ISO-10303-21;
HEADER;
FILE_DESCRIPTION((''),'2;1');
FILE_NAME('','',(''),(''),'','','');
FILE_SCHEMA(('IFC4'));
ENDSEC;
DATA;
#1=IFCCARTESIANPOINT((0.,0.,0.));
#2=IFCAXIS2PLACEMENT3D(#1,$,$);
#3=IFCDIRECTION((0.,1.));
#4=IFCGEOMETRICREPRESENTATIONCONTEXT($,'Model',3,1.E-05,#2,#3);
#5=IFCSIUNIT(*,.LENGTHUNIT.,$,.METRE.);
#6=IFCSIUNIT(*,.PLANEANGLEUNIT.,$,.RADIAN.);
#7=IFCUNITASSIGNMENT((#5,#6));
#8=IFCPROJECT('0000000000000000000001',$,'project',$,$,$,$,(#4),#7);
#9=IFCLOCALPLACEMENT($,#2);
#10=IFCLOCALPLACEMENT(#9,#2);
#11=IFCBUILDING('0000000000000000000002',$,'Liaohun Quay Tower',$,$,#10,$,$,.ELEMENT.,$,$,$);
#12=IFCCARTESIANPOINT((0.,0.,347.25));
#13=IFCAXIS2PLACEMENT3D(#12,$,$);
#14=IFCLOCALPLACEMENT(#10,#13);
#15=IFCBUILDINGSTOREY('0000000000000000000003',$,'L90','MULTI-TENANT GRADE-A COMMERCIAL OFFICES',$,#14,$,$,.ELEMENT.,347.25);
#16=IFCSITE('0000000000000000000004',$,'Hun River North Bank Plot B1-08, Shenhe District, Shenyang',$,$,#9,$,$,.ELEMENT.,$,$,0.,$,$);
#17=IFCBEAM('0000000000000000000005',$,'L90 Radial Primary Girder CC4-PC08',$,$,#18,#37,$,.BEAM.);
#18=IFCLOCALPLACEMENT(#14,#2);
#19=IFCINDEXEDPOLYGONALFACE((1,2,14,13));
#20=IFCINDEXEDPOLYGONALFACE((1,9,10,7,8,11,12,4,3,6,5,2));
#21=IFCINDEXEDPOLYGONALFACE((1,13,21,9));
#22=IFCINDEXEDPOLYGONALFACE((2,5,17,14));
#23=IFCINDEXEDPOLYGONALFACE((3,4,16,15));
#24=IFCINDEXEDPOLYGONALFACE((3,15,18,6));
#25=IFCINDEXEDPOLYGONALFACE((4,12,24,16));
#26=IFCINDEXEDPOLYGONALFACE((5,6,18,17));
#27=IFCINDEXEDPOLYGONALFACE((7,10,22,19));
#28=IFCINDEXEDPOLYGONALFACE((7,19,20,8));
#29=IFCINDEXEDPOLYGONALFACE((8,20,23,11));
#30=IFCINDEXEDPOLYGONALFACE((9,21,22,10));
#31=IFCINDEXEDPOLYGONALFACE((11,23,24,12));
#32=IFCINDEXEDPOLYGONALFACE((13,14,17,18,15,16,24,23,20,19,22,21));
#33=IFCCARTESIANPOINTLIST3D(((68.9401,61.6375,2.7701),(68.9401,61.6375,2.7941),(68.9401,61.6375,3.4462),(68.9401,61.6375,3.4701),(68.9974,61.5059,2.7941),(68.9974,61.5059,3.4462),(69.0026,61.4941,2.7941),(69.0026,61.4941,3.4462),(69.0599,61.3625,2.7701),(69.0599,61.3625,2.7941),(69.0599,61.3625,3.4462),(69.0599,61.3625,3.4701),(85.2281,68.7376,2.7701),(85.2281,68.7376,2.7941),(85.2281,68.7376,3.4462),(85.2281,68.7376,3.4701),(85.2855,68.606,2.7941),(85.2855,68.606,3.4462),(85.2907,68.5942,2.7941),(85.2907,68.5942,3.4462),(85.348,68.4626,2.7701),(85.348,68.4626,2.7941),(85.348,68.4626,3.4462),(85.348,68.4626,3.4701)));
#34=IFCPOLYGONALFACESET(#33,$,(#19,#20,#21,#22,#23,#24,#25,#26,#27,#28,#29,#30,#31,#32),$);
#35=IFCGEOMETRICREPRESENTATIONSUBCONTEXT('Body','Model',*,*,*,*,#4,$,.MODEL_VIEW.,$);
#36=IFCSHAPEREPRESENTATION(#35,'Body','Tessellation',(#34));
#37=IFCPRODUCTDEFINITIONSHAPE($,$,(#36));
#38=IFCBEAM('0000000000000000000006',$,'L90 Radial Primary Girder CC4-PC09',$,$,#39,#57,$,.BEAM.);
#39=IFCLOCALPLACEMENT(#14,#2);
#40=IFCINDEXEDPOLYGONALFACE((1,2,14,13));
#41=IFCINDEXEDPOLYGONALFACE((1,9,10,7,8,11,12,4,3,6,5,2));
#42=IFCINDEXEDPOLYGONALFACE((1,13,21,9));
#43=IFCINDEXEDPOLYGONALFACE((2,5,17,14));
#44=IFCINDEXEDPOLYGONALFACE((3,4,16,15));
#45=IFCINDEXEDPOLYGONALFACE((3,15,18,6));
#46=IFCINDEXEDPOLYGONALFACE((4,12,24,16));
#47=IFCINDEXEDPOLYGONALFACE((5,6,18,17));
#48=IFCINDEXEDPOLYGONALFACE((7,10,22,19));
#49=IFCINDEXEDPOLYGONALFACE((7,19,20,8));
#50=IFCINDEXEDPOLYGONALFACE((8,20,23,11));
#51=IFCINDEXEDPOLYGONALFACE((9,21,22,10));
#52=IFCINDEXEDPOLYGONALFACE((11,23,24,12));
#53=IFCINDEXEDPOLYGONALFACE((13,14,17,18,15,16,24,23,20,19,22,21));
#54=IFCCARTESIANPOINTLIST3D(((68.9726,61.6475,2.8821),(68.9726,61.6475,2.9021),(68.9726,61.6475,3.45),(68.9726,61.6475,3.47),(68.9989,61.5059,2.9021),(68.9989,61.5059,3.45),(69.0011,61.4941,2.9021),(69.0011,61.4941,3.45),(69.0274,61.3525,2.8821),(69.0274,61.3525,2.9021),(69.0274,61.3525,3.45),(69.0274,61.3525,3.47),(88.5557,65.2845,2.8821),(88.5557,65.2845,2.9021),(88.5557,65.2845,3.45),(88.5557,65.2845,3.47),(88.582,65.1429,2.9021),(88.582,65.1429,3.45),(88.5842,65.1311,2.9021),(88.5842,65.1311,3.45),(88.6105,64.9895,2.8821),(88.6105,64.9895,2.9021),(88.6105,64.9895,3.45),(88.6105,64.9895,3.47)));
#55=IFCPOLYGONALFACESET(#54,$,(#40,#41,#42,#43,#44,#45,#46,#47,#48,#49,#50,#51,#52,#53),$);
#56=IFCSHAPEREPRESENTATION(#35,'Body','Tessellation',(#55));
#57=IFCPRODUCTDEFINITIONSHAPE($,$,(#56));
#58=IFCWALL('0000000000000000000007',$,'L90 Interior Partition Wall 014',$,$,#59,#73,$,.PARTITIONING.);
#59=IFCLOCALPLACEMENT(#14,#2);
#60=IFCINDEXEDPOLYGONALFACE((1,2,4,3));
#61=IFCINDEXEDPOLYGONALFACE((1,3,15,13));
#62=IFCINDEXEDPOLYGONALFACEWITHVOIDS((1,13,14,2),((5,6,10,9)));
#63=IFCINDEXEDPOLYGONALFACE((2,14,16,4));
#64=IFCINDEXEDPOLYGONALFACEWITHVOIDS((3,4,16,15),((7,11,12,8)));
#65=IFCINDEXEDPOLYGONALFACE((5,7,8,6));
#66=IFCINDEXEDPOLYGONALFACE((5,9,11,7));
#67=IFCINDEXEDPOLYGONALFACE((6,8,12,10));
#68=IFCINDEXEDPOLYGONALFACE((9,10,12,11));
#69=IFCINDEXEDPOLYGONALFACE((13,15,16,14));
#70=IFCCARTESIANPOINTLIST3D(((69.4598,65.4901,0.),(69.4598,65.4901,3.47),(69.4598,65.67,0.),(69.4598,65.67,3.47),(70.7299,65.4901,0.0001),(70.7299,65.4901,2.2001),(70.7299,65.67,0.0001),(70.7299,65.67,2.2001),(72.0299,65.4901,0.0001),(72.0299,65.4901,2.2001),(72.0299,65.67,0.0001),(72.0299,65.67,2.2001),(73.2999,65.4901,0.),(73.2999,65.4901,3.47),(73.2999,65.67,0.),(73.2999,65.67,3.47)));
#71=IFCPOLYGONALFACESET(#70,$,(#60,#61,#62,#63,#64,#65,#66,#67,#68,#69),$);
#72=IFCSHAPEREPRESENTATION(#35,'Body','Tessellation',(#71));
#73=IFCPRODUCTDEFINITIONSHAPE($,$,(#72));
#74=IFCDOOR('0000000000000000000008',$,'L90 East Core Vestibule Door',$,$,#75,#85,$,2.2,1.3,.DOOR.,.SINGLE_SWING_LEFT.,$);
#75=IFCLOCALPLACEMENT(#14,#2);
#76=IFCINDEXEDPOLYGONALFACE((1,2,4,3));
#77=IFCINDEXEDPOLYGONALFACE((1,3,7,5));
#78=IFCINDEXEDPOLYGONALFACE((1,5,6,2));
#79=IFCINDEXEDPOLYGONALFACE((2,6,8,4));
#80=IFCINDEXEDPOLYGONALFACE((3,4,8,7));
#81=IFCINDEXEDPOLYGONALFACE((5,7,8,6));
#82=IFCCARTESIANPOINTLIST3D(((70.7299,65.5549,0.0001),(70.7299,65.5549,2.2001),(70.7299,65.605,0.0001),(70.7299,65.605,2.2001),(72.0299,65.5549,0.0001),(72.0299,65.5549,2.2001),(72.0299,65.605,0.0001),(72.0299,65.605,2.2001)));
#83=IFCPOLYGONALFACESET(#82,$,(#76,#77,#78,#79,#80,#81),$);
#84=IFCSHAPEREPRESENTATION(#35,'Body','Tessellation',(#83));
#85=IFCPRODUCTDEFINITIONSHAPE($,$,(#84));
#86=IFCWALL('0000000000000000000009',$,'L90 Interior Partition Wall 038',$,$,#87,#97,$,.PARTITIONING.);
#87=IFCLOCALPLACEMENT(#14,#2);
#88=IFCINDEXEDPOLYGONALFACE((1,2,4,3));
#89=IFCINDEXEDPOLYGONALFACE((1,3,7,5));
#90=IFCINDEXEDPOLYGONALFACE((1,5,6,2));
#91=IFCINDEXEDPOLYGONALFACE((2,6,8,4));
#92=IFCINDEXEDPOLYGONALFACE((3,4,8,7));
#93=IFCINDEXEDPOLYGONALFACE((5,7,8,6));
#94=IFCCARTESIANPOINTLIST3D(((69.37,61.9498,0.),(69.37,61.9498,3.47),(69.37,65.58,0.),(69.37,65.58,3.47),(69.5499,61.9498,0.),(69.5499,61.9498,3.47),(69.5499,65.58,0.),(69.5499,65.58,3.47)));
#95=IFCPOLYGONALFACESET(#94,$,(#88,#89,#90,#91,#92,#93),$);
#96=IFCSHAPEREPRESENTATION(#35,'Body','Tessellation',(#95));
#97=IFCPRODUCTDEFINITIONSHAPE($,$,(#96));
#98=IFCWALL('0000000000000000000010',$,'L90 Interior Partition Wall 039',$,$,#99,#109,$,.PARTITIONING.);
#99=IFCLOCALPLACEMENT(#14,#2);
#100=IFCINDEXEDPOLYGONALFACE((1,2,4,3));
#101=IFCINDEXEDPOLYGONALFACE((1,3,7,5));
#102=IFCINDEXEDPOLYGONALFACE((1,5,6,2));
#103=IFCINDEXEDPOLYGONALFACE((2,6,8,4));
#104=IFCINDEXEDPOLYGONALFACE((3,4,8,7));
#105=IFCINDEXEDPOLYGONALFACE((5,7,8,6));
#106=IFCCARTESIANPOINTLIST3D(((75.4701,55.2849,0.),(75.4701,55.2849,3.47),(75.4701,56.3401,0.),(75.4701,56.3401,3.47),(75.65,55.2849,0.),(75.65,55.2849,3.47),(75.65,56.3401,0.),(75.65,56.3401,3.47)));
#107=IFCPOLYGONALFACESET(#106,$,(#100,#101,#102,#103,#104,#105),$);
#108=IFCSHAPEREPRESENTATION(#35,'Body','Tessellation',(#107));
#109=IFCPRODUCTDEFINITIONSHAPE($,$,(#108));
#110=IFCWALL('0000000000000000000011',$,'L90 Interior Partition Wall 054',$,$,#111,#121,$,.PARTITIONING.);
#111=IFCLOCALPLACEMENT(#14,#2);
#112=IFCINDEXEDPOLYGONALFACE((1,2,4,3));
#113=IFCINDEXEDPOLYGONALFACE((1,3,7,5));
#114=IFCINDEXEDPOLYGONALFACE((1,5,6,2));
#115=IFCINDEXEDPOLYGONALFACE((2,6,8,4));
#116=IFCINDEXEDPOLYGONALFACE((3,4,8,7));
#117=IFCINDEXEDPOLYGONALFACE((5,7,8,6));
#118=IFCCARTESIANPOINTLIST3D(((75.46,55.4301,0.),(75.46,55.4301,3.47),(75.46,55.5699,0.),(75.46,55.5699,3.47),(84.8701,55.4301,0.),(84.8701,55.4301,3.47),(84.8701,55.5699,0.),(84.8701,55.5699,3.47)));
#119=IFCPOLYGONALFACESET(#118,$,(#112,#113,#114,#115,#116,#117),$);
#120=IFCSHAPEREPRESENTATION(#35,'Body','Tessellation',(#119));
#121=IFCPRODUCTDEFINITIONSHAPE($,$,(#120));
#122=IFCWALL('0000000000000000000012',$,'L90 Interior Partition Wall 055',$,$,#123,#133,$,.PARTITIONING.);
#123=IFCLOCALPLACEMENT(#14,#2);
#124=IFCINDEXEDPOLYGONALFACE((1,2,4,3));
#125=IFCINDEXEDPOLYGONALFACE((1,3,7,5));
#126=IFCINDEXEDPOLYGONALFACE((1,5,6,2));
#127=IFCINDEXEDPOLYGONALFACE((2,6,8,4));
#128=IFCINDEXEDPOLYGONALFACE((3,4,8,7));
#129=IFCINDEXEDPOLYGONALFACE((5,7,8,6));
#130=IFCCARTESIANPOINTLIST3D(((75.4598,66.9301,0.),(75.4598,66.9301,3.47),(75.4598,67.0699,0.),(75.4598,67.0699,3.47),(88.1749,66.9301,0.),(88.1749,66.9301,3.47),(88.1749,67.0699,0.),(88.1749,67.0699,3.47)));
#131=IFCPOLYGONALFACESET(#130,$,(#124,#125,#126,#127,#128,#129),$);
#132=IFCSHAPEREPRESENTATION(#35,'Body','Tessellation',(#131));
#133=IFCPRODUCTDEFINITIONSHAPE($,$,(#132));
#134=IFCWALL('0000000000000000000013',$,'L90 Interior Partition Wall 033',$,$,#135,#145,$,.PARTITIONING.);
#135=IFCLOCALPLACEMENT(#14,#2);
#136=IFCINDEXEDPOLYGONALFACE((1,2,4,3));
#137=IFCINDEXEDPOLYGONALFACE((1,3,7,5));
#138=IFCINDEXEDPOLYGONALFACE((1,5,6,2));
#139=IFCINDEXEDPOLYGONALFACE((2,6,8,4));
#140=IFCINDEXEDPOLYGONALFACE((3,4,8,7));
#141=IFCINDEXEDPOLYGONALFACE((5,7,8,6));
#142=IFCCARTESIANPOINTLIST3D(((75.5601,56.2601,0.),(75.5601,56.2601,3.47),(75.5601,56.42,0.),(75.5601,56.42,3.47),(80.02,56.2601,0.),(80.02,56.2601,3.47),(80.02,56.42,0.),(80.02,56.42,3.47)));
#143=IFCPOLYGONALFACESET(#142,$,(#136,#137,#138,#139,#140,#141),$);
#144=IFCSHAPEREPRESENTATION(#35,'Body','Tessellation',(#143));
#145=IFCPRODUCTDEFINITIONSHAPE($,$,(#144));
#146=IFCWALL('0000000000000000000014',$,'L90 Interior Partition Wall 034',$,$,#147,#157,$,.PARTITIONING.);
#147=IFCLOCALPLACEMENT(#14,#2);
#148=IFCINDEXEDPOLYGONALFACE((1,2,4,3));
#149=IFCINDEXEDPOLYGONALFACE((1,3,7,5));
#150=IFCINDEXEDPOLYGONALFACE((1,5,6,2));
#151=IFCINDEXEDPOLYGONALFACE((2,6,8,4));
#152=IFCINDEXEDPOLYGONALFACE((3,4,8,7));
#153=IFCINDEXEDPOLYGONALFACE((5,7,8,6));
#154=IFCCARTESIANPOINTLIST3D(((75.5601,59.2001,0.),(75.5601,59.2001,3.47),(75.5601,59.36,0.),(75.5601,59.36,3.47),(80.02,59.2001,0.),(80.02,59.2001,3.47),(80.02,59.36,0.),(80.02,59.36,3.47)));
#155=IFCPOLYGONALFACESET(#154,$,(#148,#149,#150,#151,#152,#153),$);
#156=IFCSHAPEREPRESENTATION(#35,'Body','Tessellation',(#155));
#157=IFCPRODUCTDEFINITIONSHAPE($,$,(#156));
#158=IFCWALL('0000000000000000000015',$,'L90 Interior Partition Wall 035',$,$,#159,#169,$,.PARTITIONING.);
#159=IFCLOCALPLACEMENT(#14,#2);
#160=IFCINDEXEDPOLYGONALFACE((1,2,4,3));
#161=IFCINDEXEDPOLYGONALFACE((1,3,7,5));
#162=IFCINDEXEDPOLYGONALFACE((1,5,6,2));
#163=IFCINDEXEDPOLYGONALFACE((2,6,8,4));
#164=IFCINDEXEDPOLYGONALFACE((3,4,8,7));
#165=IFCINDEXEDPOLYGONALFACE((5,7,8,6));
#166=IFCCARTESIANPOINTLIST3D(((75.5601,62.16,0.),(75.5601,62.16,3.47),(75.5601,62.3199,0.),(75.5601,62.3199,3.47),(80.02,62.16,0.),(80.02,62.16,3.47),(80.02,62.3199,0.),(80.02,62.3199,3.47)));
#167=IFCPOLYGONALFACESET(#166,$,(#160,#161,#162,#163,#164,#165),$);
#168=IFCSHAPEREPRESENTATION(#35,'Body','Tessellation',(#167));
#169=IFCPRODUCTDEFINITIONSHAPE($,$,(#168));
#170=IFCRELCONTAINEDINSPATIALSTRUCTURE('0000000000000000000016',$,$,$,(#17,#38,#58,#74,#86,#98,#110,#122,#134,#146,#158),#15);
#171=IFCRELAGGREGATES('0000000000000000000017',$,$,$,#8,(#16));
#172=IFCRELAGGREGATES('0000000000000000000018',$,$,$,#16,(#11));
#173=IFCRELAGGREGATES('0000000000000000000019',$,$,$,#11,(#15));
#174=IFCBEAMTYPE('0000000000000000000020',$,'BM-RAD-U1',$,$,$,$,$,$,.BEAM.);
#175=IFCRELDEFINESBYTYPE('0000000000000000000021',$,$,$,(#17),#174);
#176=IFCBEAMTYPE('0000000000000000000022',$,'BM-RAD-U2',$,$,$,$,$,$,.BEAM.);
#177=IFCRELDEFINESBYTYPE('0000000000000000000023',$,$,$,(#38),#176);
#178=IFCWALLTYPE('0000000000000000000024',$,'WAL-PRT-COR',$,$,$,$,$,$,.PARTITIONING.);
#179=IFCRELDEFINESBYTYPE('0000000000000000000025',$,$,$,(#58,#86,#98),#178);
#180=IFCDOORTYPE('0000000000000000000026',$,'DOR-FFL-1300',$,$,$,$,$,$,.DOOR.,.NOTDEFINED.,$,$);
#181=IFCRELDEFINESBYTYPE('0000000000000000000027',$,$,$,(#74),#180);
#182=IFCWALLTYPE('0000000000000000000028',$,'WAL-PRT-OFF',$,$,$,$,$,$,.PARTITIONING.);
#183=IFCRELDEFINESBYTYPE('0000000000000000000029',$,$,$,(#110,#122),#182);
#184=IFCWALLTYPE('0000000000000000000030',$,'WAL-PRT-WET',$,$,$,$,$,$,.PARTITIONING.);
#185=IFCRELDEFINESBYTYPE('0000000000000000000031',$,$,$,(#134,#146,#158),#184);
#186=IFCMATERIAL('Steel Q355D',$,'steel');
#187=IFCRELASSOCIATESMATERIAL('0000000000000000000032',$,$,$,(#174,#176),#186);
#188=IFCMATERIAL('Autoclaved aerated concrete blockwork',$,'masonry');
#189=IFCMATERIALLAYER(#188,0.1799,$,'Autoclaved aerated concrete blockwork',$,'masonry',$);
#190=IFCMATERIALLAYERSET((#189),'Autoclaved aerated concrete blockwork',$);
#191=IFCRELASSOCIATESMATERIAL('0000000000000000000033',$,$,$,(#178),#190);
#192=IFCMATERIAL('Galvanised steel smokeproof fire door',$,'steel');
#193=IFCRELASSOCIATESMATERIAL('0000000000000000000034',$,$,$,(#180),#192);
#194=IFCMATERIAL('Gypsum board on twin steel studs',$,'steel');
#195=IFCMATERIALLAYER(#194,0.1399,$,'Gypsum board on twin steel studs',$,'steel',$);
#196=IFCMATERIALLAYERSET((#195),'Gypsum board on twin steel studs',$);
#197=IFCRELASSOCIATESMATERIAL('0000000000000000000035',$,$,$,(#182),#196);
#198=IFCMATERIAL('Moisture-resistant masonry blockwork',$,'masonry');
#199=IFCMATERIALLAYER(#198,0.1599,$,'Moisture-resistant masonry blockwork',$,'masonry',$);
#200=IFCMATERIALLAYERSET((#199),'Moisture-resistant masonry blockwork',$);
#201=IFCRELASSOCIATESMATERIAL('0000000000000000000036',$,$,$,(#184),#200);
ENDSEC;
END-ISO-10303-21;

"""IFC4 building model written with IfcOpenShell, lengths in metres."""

from ifc_helpers import new_model, si_unit, direction, frame, frame_2d, origin, origin_2d, place, context, subcontext, project, spatial, rectangle, i_section, extrude, source, transform, mapped, material, layer, layer_set, material_profile, profile_set, type_object, element, fill, save


model = new_model("IFC4")

# Units and contexts
model_context = context("Model", 3, precision=1e-05, world=origin(), true_north=direction((0.0, 1.0)))
body_context = subcontext(model_context, "Body", "Model", "MODEL_VIEW")
ifc_project = project(units=[si_unit("LENGTHUNIT", "METRE"), si_unit("PLANEANGLEUNIT", "RADIAN")], contexts=[model_context])

# Site, building, storey
site_placement = place(None, origin())
site = spatial("IfcSite", under=ifc_project, at=site_placement, Name="Hun River North Bank Plot B1-08, Shenhe District, Shenyang", CompositionType="ELEMENT", RefElevation=0.0)
building_placement = place(site_placement, origin())
building = spatial("IfcBuilding", under=site, at=building_placement, Name="Liaohun Quay Tower", CompositionType="ELEMENT")
storey_placement = place(building_placement, frame((0.0, 0.0, 347.25)))
storey = spatial("IfcBuildingStorey", under=building, at=storey_placement, Name="L90", Description="MULTI-TENANT GRADE-A COMMERCIAL OFFICES", CompositionType="ELEMENT", Elevation=347.25)

# Beams
ifc_material_1 = material(Name="Steel Q355D", Category="steel")
ifc_material_profile_1 = material_profile(ifc_material_1, i_section(OverallWidth=0.3, OverallDepth=0.7, WebThickness=0.0129, FlangeThickness=0.0239, at=origin_2d()), Name="HN700x300x13x24")
ifc_profile_set_1 = profile_set([ifc_material_profile_1], Name="Steel Q355D")
beam_type_1 = type_object("IfcBeamType", Name="BM-RAD-U1", PredefinedType="BEAM", material=ifc_profile_set_1)
shared_shape_1 = source(origin(), body_context, "Body", "SweptSolid", [
    extrude(i_section(OverallWidth=0.3, OverallDepth=0.7, WebThickness=0.0129, FlangeThickness=0.0239, at=origin_2d()), origin(), (0.0, 0.0, 1.0), 17.7683),
])
beam_1_placement = place(storey_placement, frame((69.0, 61.5, 3.1201), z_axis=(0.916693, 0.399593, 0.0), x_axis=(-0.399593, 0.916693, 0.0)))
element("IfcBeam", 1, at=beam_1_placement, inside=storey, type_object=beam_type_1, Name="L90 Radial Primary Girder CC4-PC08", PredefinedType="BEAM", context=body_context, shape_type="MappedRepresentation", body=[
    mapped(shared_shape_1, transform((0.0, 0.0, 0.0), x_axis=(1.0, 0.0, 0.0), y_axis=(0.0, 1.0, 0.0), z_axis=(0.0, 0.0, 1.0), scale=1.0)),
])
ifc_material_profile_2 = material_profile(ifc_material_1, i_section(OverallWidth=0.3, OverallDepth=0.5879, WebThickness=0.012, FlangeThickness=0.02, at=origin_2d()), Name="HM588x300x12x20")
ifc_profile_set_2 = profile_set([ifc_material_profile_2], Name="Steel Q355D")
beam_type_2 = type_object("IfcBeamType", Name="BM-RAD-U2", PredefinedType="BEAM", material=ifc_profile_set_2)
shared_shape_2 = source(origin(), body_context, "Body", "SweptSolid", [
    extrude(i_section(OverallWidth=0.3, OverallDepth=0.5879, WebThickness=0.012, FlangeThickness=0.02, at=origin_2d()), origin(), (0.0, 0.0, 1.0), 19.918),
])
beam_2_placement = place(storey_placement, frame((69.0, 61.5, 3.176), z_axis=(0.983188, 0.182598, 0.0), x_axis=(-0.182598, 0.983188, 0.0)))
element("IfcBeam", 2, at=beam_2_placement, inside=storey, type_object=beam_type_2, Name="L90 Radial Primary Girder CC4-PC09", PredefinedType="BEAM", context=body_context, shape_type="MappedRepresentation", body=[
    mapped(shared_shape_2, transform((0.0, 0.0, 0.0), x_axis=(1.0, 0.0, 0.0), y_axis=(0.0, 1.0, 0.0), z_axis=(0.0, 0.0, 1.0), scale=1.0)),
])

# Wall, opening, door
ifc_material_2 = material(Name="Autoclaved aerated concrete blockwork", Category="masonry")
ifc_layer_1 = layer(ifc_material_2, 0.1799, Name="Autoclaved aerated concrete blockwork", Category="masonry")
ifc_layer_set_1 = layer_set([ifc_layer_1], Name="Autoclaved aerated concrete blockwork")
wall_type_1 = type_object("IfcWallType", Name="WAL-PRT-COR", PredefinedType="PARTITIONING", material=ifc_layer_set_1)
wall_1_placement = place(storey_placement, frame((69.46, 65.5801, 0.0), z_axis=(0.0, 0.0, 1.0), x_axis=(1.0, 0.0, 0.0)))
wall_1 = element("IfcWall", 3, at=wall_1_placement, inside=storey, type_object=wall_type_1, Name="L90 Interior Partition Wall 014", PredefinedType="PARTITIONING", context=body_context, shape_type="SweptSolid", body=[
    extrude(rectangle(XDim=3.8401, YDim=0.1799, at=frame_2d((1.9199, 0.0))), origin(), (0.0, 0.0, 1.0), 3.47),
])
shared_shape_3 = source(origin(), body_context, "Body", "SweptSolid", [
    extrude(rectangle(XDim=1.3, YDim=2.2, at=frame_2d((0.6499, 1.1001))), frame((0.0, 0.0999, 0.0), z_axis=(0.0, -1.0, 0.0), x_axis=(1.0, 0.0, 0.0)), (0.0, 0.0, 1.0), 0.2),
])
opening_1_placement = place(wall_1_placement, frame((1.27, 0.0, 0.0)))
opening_1 = element("IfcOpeningElement", 4, at=opening_1_placement, cuts=wall_1, PredefinedType="OPENING", context=body_context, shape_type="MappedRepresentation", body=[
    mapped(shared_shape_3, transform((0.0, 0.0, 0.0), x_axis=(1.0, 0.0, 0.0), y_axis=(0.0, 1.0, 0.0), z_axis=(0.0, 0.0, 1.0), scale=1.0)),
])
ifc_material_3 = material(Name="Galvanised steel smokeproof fire door", Category="steel")
door_type_1 = type_object("IfcDoorType", Name="DOR-FFL-1300", OperationType="NOTDEFINED", PredefinedType="DOOR", material=ifc_material_3)
shared_shape_4 = source(origin(), body_context, "Body", "SweptSolid", [
    extrude(rectangle(XDim=1.3, YDim=2.2, at=frame_2d((0.6499, 1.1001))), frame((0.0, 0.0249, 0.0), z_axis=(0.0, -1.0, 0.0), x_axis=(1.0, 0.0, 0.0)), (0.0, 0.0, 1.0), 0.05),
])
door_1_placement = place(opening_1_placement, origin())
door_1 = element("IfcDoor", 5, at=door_1_placement, inside=storey, type_object=door_type_1, Name="L90 East Core Vestibule Door", OperationType="SINGLE_SWING_LEFT", OverallHeight=2.2, OverallWidth=1.3, PredefinedType="DOOR", context=body_context, shape_type="MappedRepresentation", body=[
    mapped(shared_shape_4, transform((0.0, 0.0, 0.0), x_axis=(1.0, 0.0, 0.0), y_axis=(0.0, 1.0, 0.0), z_axis=(0.0, 0.0, 1.0), scale=1.0)),
])
fill(opening_1, door_1)

# Walls
wall_2_placement = place(storey_placement, frame((69.46, 61.95, 0.0), z_axis=(0.0, 0.0, 1.0), x_axis=(0.0, 1.0, 0.0)))
element("IfcWall", 6, at=wall_2_placement, inside=storey, type_object=wall_type_1, Name="L90 Interior Partition Wall 038", PredefinedType="PARTITIONING", context=body_context, shape_type="SweptSolid", body=[
    extrude(rectangle(XDim=3.6301, YDim=0.1799, at=frame_2d((1.8149, 0.0))), origin(), (0.0, 0.0, 1.0), 3.47),
])
wall_3_placement = place(storey_placement, frame((75.5601, 56.3401, 0.0), z_axis=(0.0, 0.0, 1.0), x_axis=(0.0, -1.0, 0.0)))
element("IfcWall", 7, at=wall_3_placement, inside=storey, type_object=wall_type_1, Name="L90 Interior Partition Wall 039", PredefinedType="PARTITIONING", context=body_context, shape_type="SweptSolid", body=[
    extrude(rectangle(XDim=1.0552, YDim=0.1799, at=frame_2d((0.5276, 0.0))), origin(), (0.0, 0.0, 1.0), 3.47),
])
ifc_material_4 = material(Name="Gypsum board on twin steel studs", Category="steel")
ifc_layer_2 = layer(ifc_material_4, 0.1399, Name="Gypsum board on twin steel studs", Category="steel")
ifc_layer_set_2 = layer_set([ifc_layer_2], Name="Gypsum board on twin steel studs")
wall_type_2 = type_object("IfcWallType", Name="WAL-PRT-OFF", PredefinedType="PARTITIONING", material=ifc_layer_set_2)
wall_4_placement = place(storey_placement, frame((75.46, 55.5, 0.0), z_axis=(0.0, 0.0, 1.0), x_axis=(1.0, 0.0, 0.0)))
element("IfcWall", 8, at=wall_4_placement, inside=storey, type_object=wall_type_2, Name="L90 Interior Partition Wall 054", PredefinedType="PARTITIONING", context=body_context, shape_type="SweptSolid", body=[
    extrude(rectangle(XDim=9.4102, YDim=0.1399, at=frame_2d((4.7051, 0.0))), origin(), (0.0, 0.0, 1.0), 3.47),
])
wall_5_placement = place(storey_placement, frame((75.46, 67.0, 0.0), z_axis=(0.0, 0.0, 1.0), x_axis=(1.0, 0.0, 0.0)))
element("IfcWall", 9, at=wall_5_placement, inside=storey, type_object=wall_type_2, Name="L90 Interior Partition Wall 055", PredefinedType="PARTITIONING", context=body_context, shape_type="SweptSolid", body=[
    extrude(rectangle(XDim=12.7151, YDim=0.1399, at=frame_2d((6.3574, 0.0))), origin(), (0.0, 0.0, 1.0), 3.47),
])

# Shared definitions
ifc_material_5 = material(Name="Moisture-resistant masonry blockwork", Category="masonry")
ifc_layer_3 = layer(ifc_material_5, 0.1599, Name="Moisture-resistant masonry blockwork", Category="masonry")
ifc_layer_set_3 = layer_set([ifc_layer_3], Name="Moisture-resistant masonry blockwork")
wall_type_3 = type_object("IfcWallType", Name="WAL-PRT-WET", PredefinedType="PARTITIONING", material=ifc_layer_set_3)

# Walls
for number, where, z_axis, x_axis, name in (
    (10, (75.5601, 56.3401, 0.0), (0.0, 0.0, 1.0), (1.0, 0.0, 0.0), "L90 Interior Partition Wall 033"),
    (11, (75.5601, 59.28, 0.0), (0.0, 0.0, 1.0), (1.0, 0.0, 0.0), "L90 Interior Partition Wall 034"),
    (12, (75.5601, 62.24, 0.0), (0.0, 0.0, 1.0), (1.0, 0.0, 0.0), "L90 Interior Partition Wall 035"),
):
    element("IfcWall", number, at=place(storey_placement, frame(where, z_axis=z_axis, x_axis=x_axis)), inside=storey, type_object=wall_type_3, Name=name, PredefinedType="PARTITIONING", context=body_context, shape_type="SweptSolid", body=[
        extrude(rectangle(XDim=4.46, YDim=0.1599, at=frame_2d((2.23, 0.0))), origin(), (0.0, 0.0, 1.0), 3.47),
    ])

save(model, "model.ifc")
